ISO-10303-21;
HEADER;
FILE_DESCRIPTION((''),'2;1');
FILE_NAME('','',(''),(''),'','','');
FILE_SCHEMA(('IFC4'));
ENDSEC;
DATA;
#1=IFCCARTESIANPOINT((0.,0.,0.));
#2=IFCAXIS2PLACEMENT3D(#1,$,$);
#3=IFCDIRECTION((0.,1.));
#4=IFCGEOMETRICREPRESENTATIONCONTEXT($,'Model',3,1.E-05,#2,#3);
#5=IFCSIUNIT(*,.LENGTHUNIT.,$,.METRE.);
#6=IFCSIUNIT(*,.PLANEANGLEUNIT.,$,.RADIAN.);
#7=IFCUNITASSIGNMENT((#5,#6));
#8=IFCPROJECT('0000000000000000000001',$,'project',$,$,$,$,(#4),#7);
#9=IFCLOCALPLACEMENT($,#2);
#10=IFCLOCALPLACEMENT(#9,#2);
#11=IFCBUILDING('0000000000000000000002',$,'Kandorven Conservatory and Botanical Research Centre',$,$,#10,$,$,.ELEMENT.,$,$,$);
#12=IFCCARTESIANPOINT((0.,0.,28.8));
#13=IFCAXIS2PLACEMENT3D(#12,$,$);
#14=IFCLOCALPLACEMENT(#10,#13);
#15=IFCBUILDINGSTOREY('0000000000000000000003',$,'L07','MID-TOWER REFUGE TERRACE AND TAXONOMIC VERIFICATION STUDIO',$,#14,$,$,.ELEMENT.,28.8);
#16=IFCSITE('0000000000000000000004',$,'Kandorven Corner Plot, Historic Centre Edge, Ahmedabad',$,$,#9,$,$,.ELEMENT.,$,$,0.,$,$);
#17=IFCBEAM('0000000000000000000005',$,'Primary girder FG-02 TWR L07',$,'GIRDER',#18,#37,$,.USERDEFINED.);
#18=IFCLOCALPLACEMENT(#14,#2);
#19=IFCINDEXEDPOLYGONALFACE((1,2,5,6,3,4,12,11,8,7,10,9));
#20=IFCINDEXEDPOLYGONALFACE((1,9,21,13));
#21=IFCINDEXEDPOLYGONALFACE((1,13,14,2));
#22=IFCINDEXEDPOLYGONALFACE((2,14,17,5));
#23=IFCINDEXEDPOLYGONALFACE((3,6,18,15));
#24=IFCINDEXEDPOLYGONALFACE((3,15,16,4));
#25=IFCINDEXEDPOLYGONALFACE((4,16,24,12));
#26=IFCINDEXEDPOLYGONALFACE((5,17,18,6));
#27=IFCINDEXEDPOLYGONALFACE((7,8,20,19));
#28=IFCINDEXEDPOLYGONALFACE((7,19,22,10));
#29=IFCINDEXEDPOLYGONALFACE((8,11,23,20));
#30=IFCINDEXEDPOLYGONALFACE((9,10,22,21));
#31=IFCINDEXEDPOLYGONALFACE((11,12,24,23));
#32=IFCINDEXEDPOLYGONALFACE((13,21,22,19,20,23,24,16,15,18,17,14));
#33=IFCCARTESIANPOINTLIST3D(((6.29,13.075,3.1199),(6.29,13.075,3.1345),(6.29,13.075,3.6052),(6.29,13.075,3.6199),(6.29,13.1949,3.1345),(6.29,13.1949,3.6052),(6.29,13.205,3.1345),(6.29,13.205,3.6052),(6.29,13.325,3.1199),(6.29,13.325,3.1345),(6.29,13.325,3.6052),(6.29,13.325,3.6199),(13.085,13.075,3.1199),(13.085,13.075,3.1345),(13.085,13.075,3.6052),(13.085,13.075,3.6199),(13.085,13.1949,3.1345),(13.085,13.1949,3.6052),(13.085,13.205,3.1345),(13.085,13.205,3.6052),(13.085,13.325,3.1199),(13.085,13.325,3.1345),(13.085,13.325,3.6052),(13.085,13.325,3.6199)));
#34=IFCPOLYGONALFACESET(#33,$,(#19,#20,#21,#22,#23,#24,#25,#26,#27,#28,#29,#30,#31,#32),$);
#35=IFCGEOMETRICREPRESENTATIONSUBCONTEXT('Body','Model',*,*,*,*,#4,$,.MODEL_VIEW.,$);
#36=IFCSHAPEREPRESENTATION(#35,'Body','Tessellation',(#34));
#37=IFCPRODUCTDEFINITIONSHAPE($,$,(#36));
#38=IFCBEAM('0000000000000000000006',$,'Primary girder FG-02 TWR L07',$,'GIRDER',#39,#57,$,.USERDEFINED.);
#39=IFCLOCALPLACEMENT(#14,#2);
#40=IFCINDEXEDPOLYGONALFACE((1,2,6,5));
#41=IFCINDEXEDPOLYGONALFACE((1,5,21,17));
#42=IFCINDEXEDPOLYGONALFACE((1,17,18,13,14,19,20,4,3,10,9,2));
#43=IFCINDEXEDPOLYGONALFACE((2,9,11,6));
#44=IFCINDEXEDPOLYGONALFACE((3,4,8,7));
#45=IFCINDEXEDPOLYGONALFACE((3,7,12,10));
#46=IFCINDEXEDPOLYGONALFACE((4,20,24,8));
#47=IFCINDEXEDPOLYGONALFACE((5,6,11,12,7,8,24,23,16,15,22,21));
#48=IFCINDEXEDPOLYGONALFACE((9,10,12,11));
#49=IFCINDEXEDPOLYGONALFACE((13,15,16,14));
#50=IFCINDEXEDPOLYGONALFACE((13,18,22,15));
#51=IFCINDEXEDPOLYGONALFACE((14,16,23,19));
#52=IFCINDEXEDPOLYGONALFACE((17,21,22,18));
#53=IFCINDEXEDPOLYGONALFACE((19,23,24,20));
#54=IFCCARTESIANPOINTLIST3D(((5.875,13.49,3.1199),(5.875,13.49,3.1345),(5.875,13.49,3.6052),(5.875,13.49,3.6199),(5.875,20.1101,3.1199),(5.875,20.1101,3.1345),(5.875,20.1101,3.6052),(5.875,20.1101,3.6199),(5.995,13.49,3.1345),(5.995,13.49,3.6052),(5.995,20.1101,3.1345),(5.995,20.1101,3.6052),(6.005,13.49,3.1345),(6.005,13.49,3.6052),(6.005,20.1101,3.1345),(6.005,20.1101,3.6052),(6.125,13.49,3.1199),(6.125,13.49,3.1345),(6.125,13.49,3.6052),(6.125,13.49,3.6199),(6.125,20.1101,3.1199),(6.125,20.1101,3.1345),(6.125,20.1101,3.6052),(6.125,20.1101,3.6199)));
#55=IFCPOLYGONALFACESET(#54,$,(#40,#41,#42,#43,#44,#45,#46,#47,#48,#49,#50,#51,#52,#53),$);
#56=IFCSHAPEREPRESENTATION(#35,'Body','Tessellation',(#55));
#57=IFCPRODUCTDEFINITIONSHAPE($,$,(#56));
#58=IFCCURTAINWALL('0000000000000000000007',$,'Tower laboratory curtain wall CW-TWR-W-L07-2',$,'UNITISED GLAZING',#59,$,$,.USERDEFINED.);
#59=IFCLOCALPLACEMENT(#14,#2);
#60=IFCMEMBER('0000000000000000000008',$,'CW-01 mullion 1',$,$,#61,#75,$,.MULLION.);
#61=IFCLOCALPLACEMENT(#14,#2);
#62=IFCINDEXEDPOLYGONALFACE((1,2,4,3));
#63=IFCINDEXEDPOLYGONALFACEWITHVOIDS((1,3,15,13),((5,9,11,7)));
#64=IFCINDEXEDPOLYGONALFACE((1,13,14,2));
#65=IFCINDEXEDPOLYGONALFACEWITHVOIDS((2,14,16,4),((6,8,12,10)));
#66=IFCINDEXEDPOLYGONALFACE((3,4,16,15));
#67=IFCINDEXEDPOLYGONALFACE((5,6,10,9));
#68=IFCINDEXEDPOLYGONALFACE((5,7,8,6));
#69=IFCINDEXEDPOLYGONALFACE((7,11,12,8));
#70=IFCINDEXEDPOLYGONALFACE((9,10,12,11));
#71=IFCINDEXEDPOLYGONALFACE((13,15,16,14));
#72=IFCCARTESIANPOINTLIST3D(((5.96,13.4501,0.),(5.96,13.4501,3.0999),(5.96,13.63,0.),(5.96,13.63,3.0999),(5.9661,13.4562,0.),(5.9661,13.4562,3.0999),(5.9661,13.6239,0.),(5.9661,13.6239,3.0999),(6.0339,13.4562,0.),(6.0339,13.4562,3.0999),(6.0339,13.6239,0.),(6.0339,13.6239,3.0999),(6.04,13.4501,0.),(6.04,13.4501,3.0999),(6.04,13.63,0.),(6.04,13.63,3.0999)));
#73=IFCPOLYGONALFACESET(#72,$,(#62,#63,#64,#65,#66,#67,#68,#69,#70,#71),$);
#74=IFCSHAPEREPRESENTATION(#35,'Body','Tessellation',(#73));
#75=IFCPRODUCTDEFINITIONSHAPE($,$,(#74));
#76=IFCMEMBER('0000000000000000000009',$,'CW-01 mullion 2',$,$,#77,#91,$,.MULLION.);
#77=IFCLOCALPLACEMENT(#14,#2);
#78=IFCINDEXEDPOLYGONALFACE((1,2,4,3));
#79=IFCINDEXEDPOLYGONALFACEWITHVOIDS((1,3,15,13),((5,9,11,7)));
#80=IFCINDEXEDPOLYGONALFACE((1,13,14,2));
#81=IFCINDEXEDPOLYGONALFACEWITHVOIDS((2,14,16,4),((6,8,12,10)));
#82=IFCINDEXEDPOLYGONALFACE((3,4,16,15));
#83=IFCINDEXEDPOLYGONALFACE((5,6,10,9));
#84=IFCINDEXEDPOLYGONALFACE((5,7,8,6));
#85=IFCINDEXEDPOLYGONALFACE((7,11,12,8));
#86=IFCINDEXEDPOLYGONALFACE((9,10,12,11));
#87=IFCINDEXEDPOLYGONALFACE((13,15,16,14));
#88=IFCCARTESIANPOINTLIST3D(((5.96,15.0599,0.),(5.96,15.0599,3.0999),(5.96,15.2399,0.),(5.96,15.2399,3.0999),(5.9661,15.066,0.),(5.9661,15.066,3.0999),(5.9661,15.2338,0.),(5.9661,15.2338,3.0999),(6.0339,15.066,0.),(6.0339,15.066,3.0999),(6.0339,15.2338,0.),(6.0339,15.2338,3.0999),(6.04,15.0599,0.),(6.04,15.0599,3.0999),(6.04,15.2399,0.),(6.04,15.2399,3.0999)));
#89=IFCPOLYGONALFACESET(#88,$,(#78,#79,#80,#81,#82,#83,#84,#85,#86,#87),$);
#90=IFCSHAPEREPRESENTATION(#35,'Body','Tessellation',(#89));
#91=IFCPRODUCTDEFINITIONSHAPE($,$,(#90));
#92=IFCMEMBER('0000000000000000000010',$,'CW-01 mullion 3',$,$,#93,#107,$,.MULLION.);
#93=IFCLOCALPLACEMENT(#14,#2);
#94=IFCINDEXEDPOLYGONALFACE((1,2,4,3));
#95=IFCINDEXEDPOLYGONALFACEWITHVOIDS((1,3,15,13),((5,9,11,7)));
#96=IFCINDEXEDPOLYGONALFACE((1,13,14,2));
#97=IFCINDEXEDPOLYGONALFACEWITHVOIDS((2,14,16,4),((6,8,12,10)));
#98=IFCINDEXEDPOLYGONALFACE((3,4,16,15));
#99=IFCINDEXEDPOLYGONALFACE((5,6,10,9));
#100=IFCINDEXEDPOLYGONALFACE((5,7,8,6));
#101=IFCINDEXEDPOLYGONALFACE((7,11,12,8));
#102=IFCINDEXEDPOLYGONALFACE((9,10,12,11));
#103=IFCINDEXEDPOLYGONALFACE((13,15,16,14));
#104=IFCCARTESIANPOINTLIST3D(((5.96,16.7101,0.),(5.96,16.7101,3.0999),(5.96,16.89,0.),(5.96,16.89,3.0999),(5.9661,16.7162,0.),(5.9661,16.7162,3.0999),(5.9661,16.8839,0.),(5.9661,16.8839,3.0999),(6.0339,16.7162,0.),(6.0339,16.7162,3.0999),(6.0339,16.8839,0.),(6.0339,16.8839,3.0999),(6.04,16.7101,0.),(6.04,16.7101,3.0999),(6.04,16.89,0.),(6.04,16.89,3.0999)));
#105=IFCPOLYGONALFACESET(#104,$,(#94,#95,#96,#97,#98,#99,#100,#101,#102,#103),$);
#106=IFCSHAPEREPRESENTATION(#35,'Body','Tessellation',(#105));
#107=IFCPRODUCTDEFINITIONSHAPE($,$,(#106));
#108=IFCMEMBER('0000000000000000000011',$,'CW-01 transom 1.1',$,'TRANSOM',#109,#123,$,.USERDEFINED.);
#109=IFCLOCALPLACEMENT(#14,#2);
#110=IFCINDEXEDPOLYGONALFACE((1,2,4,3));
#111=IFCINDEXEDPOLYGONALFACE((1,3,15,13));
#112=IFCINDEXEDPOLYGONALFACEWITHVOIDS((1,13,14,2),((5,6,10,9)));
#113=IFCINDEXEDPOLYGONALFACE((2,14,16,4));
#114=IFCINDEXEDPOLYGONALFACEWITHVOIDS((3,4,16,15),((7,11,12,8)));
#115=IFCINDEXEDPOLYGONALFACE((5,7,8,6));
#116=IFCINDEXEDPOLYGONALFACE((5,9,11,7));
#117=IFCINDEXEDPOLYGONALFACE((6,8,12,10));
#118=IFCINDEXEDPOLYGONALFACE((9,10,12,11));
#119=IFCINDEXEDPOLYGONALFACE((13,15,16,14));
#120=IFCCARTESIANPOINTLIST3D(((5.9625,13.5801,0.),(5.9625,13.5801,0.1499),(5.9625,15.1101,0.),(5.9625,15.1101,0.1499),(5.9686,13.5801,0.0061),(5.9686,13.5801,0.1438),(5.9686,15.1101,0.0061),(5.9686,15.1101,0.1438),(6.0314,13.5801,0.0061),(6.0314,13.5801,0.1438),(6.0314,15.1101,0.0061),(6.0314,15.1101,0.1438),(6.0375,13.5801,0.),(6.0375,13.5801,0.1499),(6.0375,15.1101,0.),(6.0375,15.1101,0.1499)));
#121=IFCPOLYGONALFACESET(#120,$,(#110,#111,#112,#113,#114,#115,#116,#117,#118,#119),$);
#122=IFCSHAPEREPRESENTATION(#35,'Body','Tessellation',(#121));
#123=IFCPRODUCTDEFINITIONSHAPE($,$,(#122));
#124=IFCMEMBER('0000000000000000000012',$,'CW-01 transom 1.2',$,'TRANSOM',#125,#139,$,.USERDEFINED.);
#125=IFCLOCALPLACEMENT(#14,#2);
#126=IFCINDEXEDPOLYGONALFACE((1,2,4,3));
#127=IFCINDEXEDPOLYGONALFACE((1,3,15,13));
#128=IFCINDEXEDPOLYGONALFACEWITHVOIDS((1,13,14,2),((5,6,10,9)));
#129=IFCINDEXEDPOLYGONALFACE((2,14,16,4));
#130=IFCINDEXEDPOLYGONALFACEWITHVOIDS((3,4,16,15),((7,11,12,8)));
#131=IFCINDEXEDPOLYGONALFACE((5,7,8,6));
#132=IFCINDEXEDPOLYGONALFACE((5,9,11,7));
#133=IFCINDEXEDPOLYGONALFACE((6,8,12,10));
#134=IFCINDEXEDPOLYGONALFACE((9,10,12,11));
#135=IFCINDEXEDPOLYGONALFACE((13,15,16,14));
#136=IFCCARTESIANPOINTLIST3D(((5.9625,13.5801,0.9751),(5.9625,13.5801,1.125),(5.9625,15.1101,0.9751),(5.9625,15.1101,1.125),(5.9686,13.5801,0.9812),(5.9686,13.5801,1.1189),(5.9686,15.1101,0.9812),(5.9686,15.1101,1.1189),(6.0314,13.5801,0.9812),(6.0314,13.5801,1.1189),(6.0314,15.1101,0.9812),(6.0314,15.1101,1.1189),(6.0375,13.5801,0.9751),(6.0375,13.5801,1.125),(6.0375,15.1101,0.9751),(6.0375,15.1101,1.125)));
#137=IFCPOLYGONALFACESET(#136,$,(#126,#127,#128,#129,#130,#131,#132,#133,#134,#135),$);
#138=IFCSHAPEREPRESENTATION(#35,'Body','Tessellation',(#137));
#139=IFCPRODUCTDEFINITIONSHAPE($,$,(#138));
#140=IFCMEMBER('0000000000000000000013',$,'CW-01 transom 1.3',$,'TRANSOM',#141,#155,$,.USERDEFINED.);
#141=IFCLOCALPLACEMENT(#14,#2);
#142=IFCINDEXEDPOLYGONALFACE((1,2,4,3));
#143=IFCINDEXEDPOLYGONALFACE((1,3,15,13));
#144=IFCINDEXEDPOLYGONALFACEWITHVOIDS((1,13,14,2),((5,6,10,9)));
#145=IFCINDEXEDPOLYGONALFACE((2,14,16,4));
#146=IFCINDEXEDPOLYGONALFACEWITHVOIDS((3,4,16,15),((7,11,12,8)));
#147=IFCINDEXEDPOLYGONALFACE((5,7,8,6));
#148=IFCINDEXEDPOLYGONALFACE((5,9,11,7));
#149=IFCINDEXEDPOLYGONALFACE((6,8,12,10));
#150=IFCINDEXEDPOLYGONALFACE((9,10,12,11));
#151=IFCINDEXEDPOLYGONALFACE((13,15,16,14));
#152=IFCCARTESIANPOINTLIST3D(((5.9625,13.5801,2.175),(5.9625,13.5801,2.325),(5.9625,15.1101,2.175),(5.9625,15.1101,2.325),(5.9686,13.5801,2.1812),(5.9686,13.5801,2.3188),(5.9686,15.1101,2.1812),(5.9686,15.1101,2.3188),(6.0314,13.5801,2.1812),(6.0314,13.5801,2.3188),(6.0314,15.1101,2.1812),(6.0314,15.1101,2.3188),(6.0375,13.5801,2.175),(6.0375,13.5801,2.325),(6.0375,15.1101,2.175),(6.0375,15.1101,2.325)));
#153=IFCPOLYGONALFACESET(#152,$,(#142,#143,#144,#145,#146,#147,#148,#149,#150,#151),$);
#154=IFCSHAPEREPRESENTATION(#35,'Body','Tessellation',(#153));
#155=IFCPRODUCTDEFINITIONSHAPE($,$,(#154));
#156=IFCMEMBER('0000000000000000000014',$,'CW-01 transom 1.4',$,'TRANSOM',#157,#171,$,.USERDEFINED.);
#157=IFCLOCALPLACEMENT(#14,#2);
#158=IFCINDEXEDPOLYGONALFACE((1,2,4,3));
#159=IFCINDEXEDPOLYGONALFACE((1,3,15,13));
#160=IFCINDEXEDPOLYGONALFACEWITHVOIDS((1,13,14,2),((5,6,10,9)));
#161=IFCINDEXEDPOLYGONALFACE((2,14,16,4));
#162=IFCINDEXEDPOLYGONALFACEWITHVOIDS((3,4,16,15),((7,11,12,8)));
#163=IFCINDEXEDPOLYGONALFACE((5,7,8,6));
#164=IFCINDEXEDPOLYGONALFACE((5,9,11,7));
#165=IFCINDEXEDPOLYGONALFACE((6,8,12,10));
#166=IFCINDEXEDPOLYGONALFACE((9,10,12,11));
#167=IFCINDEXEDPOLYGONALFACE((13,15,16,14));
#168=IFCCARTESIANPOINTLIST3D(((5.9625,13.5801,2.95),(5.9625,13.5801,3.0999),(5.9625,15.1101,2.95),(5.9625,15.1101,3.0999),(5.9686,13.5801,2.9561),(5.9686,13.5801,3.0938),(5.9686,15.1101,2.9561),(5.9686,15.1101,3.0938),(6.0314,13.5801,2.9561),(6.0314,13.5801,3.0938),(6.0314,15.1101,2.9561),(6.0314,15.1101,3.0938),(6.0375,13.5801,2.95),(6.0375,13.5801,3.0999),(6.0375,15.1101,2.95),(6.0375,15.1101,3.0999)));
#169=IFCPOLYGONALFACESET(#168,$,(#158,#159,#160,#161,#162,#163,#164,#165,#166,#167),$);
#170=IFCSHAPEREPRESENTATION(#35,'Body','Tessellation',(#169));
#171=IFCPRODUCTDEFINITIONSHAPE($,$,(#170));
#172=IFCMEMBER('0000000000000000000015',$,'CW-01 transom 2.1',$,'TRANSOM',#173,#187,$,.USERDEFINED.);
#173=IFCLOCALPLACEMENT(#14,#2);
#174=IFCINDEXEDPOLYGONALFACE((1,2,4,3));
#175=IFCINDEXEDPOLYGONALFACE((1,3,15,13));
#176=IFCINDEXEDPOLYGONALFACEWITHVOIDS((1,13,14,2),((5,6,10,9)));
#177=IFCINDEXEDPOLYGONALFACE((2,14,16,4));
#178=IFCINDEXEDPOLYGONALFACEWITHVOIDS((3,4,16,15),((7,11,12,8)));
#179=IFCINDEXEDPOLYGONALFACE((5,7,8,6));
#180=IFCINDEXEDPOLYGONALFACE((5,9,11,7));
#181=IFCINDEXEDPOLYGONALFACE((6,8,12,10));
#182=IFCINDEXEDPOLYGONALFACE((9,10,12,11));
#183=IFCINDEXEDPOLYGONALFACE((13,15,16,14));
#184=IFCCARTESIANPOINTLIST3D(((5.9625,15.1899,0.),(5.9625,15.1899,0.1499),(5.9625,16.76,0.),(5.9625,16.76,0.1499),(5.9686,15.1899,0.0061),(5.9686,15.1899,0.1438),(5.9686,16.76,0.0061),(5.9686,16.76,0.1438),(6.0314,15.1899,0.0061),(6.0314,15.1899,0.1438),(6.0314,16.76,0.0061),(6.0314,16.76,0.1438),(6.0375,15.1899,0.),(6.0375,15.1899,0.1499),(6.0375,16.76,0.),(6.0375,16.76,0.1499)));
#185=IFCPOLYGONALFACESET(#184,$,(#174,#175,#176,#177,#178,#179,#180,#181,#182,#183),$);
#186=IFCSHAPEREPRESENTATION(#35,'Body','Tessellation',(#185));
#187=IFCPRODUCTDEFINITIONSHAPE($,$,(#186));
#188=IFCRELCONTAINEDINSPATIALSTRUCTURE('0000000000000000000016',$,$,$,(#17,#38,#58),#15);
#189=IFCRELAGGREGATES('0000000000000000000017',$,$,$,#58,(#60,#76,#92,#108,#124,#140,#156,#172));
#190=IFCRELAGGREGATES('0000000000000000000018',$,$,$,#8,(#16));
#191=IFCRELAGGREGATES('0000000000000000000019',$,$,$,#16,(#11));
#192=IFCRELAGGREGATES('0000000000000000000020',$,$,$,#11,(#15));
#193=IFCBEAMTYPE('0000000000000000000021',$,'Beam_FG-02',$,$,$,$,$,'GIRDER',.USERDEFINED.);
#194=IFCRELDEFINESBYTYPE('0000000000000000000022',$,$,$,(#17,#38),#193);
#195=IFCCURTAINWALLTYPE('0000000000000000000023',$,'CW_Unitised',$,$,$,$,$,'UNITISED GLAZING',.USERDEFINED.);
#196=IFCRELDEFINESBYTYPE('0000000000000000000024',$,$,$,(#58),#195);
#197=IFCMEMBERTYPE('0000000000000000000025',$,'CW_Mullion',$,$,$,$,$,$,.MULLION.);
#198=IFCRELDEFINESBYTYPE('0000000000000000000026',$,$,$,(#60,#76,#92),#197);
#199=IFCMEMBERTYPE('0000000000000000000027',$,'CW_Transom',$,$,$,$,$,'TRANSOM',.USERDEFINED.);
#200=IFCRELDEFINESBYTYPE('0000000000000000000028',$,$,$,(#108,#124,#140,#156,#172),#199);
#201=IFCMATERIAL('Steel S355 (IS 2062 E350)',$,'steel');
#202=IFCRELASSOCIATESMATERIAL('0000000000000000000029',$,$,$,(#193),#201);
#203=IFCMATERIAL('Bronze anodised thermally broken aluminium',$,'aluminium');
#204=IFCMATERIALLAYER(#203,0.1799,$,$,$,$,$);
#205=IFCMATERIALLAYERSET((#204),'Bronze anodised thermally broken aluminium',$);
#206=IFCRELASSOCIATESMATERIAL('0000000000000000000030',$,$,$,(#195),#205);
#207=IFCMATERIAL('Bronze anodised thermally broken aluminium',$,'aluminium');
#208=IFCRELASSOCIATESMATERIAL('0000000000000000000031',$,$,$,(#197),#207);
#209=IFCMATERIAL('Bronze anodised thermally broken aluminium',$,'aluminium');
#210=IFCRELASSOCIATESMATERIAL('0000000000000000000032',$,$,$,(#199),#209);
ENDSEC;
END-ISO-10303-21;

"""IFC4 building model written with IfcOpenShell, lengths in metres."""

from ifc_helpers import new_model, si_unit, direction, frame, origin, origin_2d, place, context, subcontext, project, spatial, hollow_rectangle, i_section, extrude, material, layer, layer_set, material_profile, profile_set, type_object, element, aggregate, save


model = new_model("IFC4")

# Units and contexts
model_context = context("Model", 3, precision=1e-05, world=origin(), true_north=direction((0.0, 1.0)))
body_context = subcontext(model_context, "Body", "Model", "MODEL_VIEW")
ifc_project = project(units=[si_unit("LENGTHUNIT", "METRE"), si_unit("PLANEANGLEUNIT", "RADIAN")], contexts=[model_context])

# Site, building, storey
site_placement = place(None, origin())
site = spatial("IfcSite", under=ifc_project, at=site_placement, Name="Kandorven Corner Plot, Historic Centre Edge, Ahmedabad", CompositionType="ELEMENT", RefElevation=0.0)
building_placement = place(site_placement, origin())
building = spatial("IfcBuilding", under=site, at=building_placement, Name="Kandorven Conservatory and Botanical Research Centre", CompositionType="ELEMENT")
storey_placement = place(building_placement, frame((0.0, 0.0, 28.8)))
storey = spatial("IfcBuildingStorey", under=building, at=storey_placement, Name="L07", Description="MID-TOWER REFUGE TERRACE AND TAXONOMIC VERIFICATION STUDIO", CompositionType="ELEMENT", Elevation=28.8)

# Beams
ifc_material_1 = material(Name="Steel S355 (IS 2062 E350)", Category="steel")
ifc_material_profile_1 = material_profile(ifc_material_1, i_section(OverallWidth=0.25, OverallDepth=0.5, WebThickness=0.01, FlangeThickness=0.0146, at=origin_2d()))
ifc_profile_set_1 = profile_set([ifc_material_profile_1], Name="Steel S355 (IS 2062 E350)")
beam_type = type_object("IfcBeamType", Name="Beam_FG-02", ElementType="GIRDER", PredefinedType="USERDEFINED", material=ifc_profile_set_1)
beam_1_placement = place(storey_placement, frame((6.29, 13.2, 3.3699), z_axis=(1.0, 0.0, 0.0), x_axis=(0.0, 1.0, 0.0)))
element("IfcBeam", 1, at=beam_1_placement, inside=storey, type_object=beam_type, Name="Primary girder FG-02 TWR L07", ObjectType="GIRDER", PredefinedType="USERDEFINED", context=body_context, shape_type="SweptSolid", body=[
    extrude(i_section(OverallWidth=0.25, OverallDepth=0.5, WebThickness=0.01, FlangeThickness=0.0146, at=origin_2d()), origin(), (0.0, 0.0, 1.0), 6.7949),
])
beam_2_placement = place(storey_placement, frame((6.0, 13.49, 3.3699), z_axis=(0.0, 1.0, 0.0), x_axis=(-1.0, 0.0, 0.0)))
element("IfcBeam", 2, at=beam_2_placement, inside=storey, type_object=beam_type, Name="Primary girder FG-02 TWR L07", ObjectType="GIRDER", PredefinedType="USERDEFINED", context=body_context, shape_type="SweptSolid", body=[
    extrude(i_section(OverallWidth=0.25, OverallDepth=0.5, WebThickness=0.01, FlangeThickness=0.0146, at=origin_2d()), origin(), (0.0, 0.0, 1.0), 6.6201),
])

# Curtain wall, members
ifc_material_2 = material(Name="Bronze anodised thermally broken aluminium", Category="aluminium")
ifc_layer_1 = layer(ifc_material_2, 0.1799)
ifc_layer_set_1 = layer_set([ifc_layer_1], Name="Bronze anodised thermally broken aluminium")
curtain_wall_type = type_object("IfcCurtainWallType", Name="CW_Unitised", ElementType="UNITISED GLAZING", PredefinedType="USERDEFINED", material=ifc_layer_set_1)
curtain_wall_placement = place(storey_placement, origin())
curtain_wall = element("IfcCurtainWall", 3, at=curtain_wall_placement, inside=storey, type_object=curtain_wall_type, Name="Tower laboratory curtain wall CW-TWR-W-L07-2", ObjectType="UNITISED GLAZING", PredefinedType="USERDEFINED")
ifc_material_3 = material(Name="Bronze anodised thermally broken aluminium", Category="aluminium")
ifc_material_profile_2 = material_profile(ifc_material_3, hollow_rectangle(XDim=0.0801, YDim=0.1799, WallThickness=0.0061, at=origin_2d()))
ifc_profile_set_2 = profile_set([ifc_material_profile_2], Name="Bronze anodised thermally broken aluminium")
member_type_1 = type_object("IfcMemberType", Name="CW_Mullion", PredefinedType="MULLION", material=ifc_profile_set_2)
member_1_placement = place(storey_placement, frame((6.0, 13.54, 0.0), z_axis=(0.0, 0.0, 1.0), x_axis=(-1.0, 0.0, 0.0)))
member_1 = element("IfcMember", 4, at=member_1_placement, type_object=member_type_1, Name="CW-01 mullion 1", PredefinedType="MULLION", context=body_context, shape_type="SweptSolid", body=[
    extrude(hollow_rectangle(XDim=0.0801, YDim=0.1799, WallThickness=0.0061, at=origin_2d()), origin(), (0.0, 0.0, 1.0), 3.0999),
])
member_2_placement = place(storey_placement, frame((6.0, 15.1499, 0.0), z_axis=(0.0, 0.0, 1.0), x_axis=(-1.0, 0.0, 0.0)))
member_2 = element("IfcMember", 5, at=member_2_placement, type_object=member_type_1, Name="CW-01 mullion 2", PredefinedType="MULLION", context=body_context, shape_type="SweptSolid", body=[
    extrude(hollow_rectangle(XDim=0.0801, YDim=0.1799, WallThickness=0.0061, at=origin_2d()), origin(), (0.0, 0.0, 1.0), 3.0999),
])
member_3_placement = place(storey_placement, frame((6.0, 16.8, 0.0), z_axis=(0.0, 0.0, 1.0), x_axis=(-1.0, 0.0, 0.0)))
member_3 = element("IfcMember", 6, at=member_3_placement, type_object=member_type_1, Name="CW-01 mullion 3", PredefinedType="MULLION", context=body_context, shape_type="SweptSolid", body=[
    extrude(hollow_rectangle(XDim=0.0801, YDim=0.1799, WallThickness=0.0061, at=origin_2d()), origin(), (0.0, 0.0, 1.0), 3.0999),
])
ifc_material_4 = material(Name="Bronze anodised thermally broken aluminium", Category="aluminium")
ifc_material_profile_3 = material_profile(ifc_material_4, hollow_rectangle(XDim=0.075, YDim=0.1499, WallThickness=0.0061, at=origin_2d()))
ifc_profile_set_3 = profile_set([ifc_material_profile_3], Name="Bronze anodised thermally broken aluminium")
member_type_2 = type_object("IfcMemberType", Name="CW_Transom", ElementType="TRANSOM", PredefinedType="USERDEFINED", material=ifc_profile_set_3)
member_4_placement = place(storey_placement, frame((6.0, 13.5801, 0.075), z_axis=(0.0, 1.0, 0.0), x_axis=(-1.0, 0.0, 0.0)))
member_4 = element("IfcMember", 7, at=member_4_placement, type_object=member_type_2, Name="CW-01 transom 1.1", ObjectType="TRANSOM", PredefinedType="USERDEFINED", context=body_context, shape_type="SweptSolid", body=[
    extrude(hollow_rectangle(XDim=0.075, YDim=0.1499, WallThickness=0.0061, at=origin_2d()), origin(), (0.0, 0.0, 1.0), 1.53),
])
member_5_placement = place(storey_placement, frame((6.0, 13.5801, 1.05), z_axis=(0.0, 1.0, 0.0), x_axis=(-1.0, 0.0, 0.0)))
member_5 = element("IfcMember", 8, at=member_5_placement, type_object=member_type_2, Name="CW-01 transom 1.2", ObjectType="TRANSOM", PredefinedType="USERDEFINED", context=body_context, shape_type="SweptSolid", body=[
    extrude(hollow_rectangle(XDim=0.075, YDim=0.1499, WallThickness=0.0061, at=origin_2d()), origin(), (0.0, 0.0, 1.0), 1.53),
])
member_6_placement = place(storey_placement, frame((6.0, 13.5801, 2.25), z_axis=(0.0, 1.0, 0.0), x_axis=(-1.0, 0.0, 0.0)))
member_6 = element("IfcMember", 9, at=member_6_placement, type_object=member_type_2, Name="CW-01 transom 1.3", ObjectType="TRANSOM", PredefinedType="USERDEFINED", context=body_context, shape_type="SweptSolid", body=[
    extrude(hollow_rectangle(XDim=0.075, YDim=0.1499, WallThickness=0.0061, at=origin_2d()), origin(), (0.0, 0.0, 1.0), 1.53),
])
member_7_placement = place(storey_placement, frame((6.0, 13.5801, 3.0249), z_axis=(0.0, 1.0, 0.0), x_axis=(-1.0, 0.0, 0.0)))
member_7 = element("IfcMember", 10, at=member_7_placement, type_object=member_type_2, Name="CW-01 transom 1.4", ObjectType="TRANSOM", PredefinedType="USERDEFINED", context=body_context, shape_type="SweptSolid", body=[
    extrude(hollow_rectangle(XDim=0.075, YDim=0.1499, WallThickness=0.0061, at=origin_2d()), origin(), (0.0, 0.0, 1.0), 1.53),
])
member_8_placement = place(storey_placement, frame((6.0, 15.1899, 0.075), z_axis=(0.0, 1.0, 0.0), x_axis=(-1.0, 0.0, 0.0)))
member_8 = element("IfcMember", 11, at=member_8_placement, type_object=member_type_2, Name="CW-01 transom 2.1", ObjectType="TRANSOM", PredefinedType="USERDEFINED", context=body_context, shape_type="SweptSolid", body=[
    extrude(hollow_rectangle(XDim=0.075, YDim=0.1499, WallThickness=0.0061, at=origin_2d()), origin(), (0.0, 0.0, 1.0), 1.5701),
])

aggregate(curtain_wall, [member_1, member_2, member_3, member_4, member_5, member_6, member_7, member_8])

save(model, "model.ifc")
